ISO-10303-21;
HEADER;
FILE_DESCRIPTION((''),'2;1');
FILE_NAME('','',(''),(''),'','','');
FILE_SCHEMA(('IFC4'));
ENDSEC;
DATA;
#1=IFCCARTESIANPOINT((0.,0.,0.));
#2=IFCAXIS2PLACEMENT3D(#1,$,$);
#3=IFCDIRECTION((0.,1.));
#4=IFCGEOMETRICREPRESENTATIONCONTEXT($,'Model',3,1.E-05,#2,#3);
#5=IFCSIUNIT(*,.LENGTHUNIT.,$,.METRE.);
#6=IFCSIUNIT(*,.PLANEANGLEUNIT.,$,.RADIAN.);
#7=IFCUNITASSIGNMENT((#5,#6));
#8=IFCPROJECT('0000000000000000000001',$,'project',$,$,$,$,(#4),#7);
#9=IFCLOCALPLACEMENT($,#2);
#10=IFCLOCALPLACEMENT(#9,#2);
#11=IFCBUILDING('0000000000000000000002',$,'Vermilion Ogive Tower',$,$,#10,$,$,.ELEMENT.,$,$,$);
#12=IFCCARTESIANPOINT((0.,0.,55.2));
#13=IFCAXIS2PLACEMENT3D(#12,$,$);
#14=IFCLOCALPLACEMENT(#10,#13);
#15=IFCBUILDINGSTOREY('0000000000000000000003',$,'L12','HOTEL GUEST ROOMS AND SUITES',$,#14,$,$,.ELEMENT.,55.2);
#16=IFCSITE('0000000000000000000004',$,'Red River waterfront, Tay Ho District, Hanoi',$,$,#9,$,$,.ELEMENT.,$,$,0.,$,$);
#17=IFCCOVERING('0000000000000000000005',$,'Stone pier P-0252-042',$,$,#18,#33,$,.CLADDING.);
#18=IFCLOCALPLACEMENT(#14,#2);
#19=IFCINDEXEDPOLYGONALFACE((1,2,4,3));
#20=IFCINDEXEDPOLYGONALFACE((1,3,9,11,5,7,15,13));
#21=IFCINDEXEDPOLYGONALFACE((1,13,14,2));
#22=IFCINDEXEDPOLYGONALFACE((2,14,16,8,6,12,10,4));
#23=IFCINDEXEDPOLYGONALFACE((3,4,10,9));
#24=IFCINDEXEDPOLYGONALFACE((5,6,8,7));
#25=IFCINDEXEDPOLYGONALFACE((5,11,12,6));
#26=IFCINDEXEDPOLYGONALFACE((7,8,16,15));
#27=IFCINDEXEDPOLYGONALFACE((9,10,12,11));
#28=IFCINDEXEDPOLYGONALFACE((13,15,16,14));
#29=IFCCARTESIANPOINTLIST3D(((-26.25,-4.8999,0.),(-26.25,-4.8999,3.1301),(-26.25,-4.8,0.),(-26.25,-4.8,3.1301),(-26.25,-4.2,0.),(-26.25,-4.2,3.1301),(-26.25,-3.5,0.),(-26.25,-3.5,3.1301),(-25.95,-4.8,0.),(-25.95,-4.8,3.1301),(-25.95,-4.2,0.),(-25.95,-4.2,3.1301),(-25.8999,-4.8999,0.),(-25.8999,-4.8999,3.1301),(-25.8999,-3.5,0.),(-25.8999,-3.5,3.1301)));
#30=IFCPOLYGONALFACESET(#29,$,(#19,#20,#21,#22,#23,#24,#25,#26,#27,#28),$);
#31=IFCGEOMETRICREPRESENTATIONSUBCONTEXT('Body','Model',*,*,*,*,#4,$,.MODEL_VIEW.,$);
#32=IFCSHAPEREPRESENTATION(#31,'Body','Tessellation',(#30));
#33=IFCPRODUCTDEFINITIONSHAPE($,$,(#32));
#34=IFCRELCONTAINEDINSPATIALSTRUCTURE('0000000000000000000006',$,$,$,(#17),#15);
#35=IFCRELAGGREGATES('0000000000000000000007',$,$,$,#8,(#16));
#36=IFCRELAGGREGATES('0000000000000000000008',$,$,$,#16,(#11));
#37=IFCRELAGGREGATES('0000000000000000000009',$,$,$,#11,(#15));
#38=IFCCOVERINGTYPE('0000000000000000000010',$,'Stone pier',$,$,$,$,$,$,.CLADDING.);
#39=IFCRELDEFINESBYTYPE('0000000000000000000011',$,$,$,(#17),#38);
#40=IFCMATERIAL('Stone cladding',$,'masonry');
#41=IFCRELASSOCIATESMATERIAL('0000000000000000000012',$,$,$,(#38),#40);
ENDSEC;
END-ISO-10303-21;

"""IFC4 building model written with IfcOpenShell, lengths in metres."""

from ifc_helpers import new_model, si_unit, direction, frame, origin, place, context, subcontext, project, spatial, polyline, outline, extrude, material, type_object, element, save


model = new_model("IFC4")

# Units and contexts
model_context = context("Model", 3, precision=1e-05, world=origin(), true_north=direction((0.0, 1.0)))
body_context = subcontext(model_context, "Body", "Model", "MODEL_VIEW")
ifc_project = project(units=[si_unit("LENGTHUNIT", "METRE"), si_unit("PLANEANGLEUNIT", "RADIAN")], contexts=[model_context])

# Site, building, storey
site_placement = place(None, origin())
site = spatial("IfcSite", under=ifc_project, at=site_placement, Name="Red River waterfront, Tay Ho District, Hanoi", CompositionType="ELEMENT", RefElevation=0.0)
building_placement = place(site_placement, origin())
building = spatial("IfcBuilding", under=site, at=building_placement, Name="Vermilion Ogive Tower", CompositionType="ELEMENT")
storey_placement = place(building_placement, frame((0.0, 0.0, 55.2)))
storey = spatial("IfcBuildingStorey", under=building, at=storey_placement, Name="L12", Description="HOTEL GUEST ROOMS AND SUITES", CompositionType="ELEMENT", Elevation=55.2)

# Covering
ifc_material_1 = material(Name="Stone cladding", Category="masonry")
covering_type_1 = type_object("IfcCoveringType", Name="Stone pier", PredefinedType="CLADDING", material=ifc_material_1)
covering_1_placement = place(storey_placement, origin())
element("IfcCovering", 1, at=covering_1_placement, inside=storey, type_object=covering_type_1, Name="Stone pier P-0252-042", PredefinedType="CLADDING", context=body_context, shape_type="SweptSolid", body=[
    extrude(outline(polyline([(-26.25, -4.8999), (-26.25, -4.8), (-25.95, -4.8), (-25.95, -4.2), (-26.25, -4.2), (-26.25, -3.5), (-25.8999, -3.5), (-25.8999, -4.8999), (-26.25, -4.8999)])), origin(), (0.0, 0.0, 1.0), 3.1301),
])

save(model, "model.ifc")
